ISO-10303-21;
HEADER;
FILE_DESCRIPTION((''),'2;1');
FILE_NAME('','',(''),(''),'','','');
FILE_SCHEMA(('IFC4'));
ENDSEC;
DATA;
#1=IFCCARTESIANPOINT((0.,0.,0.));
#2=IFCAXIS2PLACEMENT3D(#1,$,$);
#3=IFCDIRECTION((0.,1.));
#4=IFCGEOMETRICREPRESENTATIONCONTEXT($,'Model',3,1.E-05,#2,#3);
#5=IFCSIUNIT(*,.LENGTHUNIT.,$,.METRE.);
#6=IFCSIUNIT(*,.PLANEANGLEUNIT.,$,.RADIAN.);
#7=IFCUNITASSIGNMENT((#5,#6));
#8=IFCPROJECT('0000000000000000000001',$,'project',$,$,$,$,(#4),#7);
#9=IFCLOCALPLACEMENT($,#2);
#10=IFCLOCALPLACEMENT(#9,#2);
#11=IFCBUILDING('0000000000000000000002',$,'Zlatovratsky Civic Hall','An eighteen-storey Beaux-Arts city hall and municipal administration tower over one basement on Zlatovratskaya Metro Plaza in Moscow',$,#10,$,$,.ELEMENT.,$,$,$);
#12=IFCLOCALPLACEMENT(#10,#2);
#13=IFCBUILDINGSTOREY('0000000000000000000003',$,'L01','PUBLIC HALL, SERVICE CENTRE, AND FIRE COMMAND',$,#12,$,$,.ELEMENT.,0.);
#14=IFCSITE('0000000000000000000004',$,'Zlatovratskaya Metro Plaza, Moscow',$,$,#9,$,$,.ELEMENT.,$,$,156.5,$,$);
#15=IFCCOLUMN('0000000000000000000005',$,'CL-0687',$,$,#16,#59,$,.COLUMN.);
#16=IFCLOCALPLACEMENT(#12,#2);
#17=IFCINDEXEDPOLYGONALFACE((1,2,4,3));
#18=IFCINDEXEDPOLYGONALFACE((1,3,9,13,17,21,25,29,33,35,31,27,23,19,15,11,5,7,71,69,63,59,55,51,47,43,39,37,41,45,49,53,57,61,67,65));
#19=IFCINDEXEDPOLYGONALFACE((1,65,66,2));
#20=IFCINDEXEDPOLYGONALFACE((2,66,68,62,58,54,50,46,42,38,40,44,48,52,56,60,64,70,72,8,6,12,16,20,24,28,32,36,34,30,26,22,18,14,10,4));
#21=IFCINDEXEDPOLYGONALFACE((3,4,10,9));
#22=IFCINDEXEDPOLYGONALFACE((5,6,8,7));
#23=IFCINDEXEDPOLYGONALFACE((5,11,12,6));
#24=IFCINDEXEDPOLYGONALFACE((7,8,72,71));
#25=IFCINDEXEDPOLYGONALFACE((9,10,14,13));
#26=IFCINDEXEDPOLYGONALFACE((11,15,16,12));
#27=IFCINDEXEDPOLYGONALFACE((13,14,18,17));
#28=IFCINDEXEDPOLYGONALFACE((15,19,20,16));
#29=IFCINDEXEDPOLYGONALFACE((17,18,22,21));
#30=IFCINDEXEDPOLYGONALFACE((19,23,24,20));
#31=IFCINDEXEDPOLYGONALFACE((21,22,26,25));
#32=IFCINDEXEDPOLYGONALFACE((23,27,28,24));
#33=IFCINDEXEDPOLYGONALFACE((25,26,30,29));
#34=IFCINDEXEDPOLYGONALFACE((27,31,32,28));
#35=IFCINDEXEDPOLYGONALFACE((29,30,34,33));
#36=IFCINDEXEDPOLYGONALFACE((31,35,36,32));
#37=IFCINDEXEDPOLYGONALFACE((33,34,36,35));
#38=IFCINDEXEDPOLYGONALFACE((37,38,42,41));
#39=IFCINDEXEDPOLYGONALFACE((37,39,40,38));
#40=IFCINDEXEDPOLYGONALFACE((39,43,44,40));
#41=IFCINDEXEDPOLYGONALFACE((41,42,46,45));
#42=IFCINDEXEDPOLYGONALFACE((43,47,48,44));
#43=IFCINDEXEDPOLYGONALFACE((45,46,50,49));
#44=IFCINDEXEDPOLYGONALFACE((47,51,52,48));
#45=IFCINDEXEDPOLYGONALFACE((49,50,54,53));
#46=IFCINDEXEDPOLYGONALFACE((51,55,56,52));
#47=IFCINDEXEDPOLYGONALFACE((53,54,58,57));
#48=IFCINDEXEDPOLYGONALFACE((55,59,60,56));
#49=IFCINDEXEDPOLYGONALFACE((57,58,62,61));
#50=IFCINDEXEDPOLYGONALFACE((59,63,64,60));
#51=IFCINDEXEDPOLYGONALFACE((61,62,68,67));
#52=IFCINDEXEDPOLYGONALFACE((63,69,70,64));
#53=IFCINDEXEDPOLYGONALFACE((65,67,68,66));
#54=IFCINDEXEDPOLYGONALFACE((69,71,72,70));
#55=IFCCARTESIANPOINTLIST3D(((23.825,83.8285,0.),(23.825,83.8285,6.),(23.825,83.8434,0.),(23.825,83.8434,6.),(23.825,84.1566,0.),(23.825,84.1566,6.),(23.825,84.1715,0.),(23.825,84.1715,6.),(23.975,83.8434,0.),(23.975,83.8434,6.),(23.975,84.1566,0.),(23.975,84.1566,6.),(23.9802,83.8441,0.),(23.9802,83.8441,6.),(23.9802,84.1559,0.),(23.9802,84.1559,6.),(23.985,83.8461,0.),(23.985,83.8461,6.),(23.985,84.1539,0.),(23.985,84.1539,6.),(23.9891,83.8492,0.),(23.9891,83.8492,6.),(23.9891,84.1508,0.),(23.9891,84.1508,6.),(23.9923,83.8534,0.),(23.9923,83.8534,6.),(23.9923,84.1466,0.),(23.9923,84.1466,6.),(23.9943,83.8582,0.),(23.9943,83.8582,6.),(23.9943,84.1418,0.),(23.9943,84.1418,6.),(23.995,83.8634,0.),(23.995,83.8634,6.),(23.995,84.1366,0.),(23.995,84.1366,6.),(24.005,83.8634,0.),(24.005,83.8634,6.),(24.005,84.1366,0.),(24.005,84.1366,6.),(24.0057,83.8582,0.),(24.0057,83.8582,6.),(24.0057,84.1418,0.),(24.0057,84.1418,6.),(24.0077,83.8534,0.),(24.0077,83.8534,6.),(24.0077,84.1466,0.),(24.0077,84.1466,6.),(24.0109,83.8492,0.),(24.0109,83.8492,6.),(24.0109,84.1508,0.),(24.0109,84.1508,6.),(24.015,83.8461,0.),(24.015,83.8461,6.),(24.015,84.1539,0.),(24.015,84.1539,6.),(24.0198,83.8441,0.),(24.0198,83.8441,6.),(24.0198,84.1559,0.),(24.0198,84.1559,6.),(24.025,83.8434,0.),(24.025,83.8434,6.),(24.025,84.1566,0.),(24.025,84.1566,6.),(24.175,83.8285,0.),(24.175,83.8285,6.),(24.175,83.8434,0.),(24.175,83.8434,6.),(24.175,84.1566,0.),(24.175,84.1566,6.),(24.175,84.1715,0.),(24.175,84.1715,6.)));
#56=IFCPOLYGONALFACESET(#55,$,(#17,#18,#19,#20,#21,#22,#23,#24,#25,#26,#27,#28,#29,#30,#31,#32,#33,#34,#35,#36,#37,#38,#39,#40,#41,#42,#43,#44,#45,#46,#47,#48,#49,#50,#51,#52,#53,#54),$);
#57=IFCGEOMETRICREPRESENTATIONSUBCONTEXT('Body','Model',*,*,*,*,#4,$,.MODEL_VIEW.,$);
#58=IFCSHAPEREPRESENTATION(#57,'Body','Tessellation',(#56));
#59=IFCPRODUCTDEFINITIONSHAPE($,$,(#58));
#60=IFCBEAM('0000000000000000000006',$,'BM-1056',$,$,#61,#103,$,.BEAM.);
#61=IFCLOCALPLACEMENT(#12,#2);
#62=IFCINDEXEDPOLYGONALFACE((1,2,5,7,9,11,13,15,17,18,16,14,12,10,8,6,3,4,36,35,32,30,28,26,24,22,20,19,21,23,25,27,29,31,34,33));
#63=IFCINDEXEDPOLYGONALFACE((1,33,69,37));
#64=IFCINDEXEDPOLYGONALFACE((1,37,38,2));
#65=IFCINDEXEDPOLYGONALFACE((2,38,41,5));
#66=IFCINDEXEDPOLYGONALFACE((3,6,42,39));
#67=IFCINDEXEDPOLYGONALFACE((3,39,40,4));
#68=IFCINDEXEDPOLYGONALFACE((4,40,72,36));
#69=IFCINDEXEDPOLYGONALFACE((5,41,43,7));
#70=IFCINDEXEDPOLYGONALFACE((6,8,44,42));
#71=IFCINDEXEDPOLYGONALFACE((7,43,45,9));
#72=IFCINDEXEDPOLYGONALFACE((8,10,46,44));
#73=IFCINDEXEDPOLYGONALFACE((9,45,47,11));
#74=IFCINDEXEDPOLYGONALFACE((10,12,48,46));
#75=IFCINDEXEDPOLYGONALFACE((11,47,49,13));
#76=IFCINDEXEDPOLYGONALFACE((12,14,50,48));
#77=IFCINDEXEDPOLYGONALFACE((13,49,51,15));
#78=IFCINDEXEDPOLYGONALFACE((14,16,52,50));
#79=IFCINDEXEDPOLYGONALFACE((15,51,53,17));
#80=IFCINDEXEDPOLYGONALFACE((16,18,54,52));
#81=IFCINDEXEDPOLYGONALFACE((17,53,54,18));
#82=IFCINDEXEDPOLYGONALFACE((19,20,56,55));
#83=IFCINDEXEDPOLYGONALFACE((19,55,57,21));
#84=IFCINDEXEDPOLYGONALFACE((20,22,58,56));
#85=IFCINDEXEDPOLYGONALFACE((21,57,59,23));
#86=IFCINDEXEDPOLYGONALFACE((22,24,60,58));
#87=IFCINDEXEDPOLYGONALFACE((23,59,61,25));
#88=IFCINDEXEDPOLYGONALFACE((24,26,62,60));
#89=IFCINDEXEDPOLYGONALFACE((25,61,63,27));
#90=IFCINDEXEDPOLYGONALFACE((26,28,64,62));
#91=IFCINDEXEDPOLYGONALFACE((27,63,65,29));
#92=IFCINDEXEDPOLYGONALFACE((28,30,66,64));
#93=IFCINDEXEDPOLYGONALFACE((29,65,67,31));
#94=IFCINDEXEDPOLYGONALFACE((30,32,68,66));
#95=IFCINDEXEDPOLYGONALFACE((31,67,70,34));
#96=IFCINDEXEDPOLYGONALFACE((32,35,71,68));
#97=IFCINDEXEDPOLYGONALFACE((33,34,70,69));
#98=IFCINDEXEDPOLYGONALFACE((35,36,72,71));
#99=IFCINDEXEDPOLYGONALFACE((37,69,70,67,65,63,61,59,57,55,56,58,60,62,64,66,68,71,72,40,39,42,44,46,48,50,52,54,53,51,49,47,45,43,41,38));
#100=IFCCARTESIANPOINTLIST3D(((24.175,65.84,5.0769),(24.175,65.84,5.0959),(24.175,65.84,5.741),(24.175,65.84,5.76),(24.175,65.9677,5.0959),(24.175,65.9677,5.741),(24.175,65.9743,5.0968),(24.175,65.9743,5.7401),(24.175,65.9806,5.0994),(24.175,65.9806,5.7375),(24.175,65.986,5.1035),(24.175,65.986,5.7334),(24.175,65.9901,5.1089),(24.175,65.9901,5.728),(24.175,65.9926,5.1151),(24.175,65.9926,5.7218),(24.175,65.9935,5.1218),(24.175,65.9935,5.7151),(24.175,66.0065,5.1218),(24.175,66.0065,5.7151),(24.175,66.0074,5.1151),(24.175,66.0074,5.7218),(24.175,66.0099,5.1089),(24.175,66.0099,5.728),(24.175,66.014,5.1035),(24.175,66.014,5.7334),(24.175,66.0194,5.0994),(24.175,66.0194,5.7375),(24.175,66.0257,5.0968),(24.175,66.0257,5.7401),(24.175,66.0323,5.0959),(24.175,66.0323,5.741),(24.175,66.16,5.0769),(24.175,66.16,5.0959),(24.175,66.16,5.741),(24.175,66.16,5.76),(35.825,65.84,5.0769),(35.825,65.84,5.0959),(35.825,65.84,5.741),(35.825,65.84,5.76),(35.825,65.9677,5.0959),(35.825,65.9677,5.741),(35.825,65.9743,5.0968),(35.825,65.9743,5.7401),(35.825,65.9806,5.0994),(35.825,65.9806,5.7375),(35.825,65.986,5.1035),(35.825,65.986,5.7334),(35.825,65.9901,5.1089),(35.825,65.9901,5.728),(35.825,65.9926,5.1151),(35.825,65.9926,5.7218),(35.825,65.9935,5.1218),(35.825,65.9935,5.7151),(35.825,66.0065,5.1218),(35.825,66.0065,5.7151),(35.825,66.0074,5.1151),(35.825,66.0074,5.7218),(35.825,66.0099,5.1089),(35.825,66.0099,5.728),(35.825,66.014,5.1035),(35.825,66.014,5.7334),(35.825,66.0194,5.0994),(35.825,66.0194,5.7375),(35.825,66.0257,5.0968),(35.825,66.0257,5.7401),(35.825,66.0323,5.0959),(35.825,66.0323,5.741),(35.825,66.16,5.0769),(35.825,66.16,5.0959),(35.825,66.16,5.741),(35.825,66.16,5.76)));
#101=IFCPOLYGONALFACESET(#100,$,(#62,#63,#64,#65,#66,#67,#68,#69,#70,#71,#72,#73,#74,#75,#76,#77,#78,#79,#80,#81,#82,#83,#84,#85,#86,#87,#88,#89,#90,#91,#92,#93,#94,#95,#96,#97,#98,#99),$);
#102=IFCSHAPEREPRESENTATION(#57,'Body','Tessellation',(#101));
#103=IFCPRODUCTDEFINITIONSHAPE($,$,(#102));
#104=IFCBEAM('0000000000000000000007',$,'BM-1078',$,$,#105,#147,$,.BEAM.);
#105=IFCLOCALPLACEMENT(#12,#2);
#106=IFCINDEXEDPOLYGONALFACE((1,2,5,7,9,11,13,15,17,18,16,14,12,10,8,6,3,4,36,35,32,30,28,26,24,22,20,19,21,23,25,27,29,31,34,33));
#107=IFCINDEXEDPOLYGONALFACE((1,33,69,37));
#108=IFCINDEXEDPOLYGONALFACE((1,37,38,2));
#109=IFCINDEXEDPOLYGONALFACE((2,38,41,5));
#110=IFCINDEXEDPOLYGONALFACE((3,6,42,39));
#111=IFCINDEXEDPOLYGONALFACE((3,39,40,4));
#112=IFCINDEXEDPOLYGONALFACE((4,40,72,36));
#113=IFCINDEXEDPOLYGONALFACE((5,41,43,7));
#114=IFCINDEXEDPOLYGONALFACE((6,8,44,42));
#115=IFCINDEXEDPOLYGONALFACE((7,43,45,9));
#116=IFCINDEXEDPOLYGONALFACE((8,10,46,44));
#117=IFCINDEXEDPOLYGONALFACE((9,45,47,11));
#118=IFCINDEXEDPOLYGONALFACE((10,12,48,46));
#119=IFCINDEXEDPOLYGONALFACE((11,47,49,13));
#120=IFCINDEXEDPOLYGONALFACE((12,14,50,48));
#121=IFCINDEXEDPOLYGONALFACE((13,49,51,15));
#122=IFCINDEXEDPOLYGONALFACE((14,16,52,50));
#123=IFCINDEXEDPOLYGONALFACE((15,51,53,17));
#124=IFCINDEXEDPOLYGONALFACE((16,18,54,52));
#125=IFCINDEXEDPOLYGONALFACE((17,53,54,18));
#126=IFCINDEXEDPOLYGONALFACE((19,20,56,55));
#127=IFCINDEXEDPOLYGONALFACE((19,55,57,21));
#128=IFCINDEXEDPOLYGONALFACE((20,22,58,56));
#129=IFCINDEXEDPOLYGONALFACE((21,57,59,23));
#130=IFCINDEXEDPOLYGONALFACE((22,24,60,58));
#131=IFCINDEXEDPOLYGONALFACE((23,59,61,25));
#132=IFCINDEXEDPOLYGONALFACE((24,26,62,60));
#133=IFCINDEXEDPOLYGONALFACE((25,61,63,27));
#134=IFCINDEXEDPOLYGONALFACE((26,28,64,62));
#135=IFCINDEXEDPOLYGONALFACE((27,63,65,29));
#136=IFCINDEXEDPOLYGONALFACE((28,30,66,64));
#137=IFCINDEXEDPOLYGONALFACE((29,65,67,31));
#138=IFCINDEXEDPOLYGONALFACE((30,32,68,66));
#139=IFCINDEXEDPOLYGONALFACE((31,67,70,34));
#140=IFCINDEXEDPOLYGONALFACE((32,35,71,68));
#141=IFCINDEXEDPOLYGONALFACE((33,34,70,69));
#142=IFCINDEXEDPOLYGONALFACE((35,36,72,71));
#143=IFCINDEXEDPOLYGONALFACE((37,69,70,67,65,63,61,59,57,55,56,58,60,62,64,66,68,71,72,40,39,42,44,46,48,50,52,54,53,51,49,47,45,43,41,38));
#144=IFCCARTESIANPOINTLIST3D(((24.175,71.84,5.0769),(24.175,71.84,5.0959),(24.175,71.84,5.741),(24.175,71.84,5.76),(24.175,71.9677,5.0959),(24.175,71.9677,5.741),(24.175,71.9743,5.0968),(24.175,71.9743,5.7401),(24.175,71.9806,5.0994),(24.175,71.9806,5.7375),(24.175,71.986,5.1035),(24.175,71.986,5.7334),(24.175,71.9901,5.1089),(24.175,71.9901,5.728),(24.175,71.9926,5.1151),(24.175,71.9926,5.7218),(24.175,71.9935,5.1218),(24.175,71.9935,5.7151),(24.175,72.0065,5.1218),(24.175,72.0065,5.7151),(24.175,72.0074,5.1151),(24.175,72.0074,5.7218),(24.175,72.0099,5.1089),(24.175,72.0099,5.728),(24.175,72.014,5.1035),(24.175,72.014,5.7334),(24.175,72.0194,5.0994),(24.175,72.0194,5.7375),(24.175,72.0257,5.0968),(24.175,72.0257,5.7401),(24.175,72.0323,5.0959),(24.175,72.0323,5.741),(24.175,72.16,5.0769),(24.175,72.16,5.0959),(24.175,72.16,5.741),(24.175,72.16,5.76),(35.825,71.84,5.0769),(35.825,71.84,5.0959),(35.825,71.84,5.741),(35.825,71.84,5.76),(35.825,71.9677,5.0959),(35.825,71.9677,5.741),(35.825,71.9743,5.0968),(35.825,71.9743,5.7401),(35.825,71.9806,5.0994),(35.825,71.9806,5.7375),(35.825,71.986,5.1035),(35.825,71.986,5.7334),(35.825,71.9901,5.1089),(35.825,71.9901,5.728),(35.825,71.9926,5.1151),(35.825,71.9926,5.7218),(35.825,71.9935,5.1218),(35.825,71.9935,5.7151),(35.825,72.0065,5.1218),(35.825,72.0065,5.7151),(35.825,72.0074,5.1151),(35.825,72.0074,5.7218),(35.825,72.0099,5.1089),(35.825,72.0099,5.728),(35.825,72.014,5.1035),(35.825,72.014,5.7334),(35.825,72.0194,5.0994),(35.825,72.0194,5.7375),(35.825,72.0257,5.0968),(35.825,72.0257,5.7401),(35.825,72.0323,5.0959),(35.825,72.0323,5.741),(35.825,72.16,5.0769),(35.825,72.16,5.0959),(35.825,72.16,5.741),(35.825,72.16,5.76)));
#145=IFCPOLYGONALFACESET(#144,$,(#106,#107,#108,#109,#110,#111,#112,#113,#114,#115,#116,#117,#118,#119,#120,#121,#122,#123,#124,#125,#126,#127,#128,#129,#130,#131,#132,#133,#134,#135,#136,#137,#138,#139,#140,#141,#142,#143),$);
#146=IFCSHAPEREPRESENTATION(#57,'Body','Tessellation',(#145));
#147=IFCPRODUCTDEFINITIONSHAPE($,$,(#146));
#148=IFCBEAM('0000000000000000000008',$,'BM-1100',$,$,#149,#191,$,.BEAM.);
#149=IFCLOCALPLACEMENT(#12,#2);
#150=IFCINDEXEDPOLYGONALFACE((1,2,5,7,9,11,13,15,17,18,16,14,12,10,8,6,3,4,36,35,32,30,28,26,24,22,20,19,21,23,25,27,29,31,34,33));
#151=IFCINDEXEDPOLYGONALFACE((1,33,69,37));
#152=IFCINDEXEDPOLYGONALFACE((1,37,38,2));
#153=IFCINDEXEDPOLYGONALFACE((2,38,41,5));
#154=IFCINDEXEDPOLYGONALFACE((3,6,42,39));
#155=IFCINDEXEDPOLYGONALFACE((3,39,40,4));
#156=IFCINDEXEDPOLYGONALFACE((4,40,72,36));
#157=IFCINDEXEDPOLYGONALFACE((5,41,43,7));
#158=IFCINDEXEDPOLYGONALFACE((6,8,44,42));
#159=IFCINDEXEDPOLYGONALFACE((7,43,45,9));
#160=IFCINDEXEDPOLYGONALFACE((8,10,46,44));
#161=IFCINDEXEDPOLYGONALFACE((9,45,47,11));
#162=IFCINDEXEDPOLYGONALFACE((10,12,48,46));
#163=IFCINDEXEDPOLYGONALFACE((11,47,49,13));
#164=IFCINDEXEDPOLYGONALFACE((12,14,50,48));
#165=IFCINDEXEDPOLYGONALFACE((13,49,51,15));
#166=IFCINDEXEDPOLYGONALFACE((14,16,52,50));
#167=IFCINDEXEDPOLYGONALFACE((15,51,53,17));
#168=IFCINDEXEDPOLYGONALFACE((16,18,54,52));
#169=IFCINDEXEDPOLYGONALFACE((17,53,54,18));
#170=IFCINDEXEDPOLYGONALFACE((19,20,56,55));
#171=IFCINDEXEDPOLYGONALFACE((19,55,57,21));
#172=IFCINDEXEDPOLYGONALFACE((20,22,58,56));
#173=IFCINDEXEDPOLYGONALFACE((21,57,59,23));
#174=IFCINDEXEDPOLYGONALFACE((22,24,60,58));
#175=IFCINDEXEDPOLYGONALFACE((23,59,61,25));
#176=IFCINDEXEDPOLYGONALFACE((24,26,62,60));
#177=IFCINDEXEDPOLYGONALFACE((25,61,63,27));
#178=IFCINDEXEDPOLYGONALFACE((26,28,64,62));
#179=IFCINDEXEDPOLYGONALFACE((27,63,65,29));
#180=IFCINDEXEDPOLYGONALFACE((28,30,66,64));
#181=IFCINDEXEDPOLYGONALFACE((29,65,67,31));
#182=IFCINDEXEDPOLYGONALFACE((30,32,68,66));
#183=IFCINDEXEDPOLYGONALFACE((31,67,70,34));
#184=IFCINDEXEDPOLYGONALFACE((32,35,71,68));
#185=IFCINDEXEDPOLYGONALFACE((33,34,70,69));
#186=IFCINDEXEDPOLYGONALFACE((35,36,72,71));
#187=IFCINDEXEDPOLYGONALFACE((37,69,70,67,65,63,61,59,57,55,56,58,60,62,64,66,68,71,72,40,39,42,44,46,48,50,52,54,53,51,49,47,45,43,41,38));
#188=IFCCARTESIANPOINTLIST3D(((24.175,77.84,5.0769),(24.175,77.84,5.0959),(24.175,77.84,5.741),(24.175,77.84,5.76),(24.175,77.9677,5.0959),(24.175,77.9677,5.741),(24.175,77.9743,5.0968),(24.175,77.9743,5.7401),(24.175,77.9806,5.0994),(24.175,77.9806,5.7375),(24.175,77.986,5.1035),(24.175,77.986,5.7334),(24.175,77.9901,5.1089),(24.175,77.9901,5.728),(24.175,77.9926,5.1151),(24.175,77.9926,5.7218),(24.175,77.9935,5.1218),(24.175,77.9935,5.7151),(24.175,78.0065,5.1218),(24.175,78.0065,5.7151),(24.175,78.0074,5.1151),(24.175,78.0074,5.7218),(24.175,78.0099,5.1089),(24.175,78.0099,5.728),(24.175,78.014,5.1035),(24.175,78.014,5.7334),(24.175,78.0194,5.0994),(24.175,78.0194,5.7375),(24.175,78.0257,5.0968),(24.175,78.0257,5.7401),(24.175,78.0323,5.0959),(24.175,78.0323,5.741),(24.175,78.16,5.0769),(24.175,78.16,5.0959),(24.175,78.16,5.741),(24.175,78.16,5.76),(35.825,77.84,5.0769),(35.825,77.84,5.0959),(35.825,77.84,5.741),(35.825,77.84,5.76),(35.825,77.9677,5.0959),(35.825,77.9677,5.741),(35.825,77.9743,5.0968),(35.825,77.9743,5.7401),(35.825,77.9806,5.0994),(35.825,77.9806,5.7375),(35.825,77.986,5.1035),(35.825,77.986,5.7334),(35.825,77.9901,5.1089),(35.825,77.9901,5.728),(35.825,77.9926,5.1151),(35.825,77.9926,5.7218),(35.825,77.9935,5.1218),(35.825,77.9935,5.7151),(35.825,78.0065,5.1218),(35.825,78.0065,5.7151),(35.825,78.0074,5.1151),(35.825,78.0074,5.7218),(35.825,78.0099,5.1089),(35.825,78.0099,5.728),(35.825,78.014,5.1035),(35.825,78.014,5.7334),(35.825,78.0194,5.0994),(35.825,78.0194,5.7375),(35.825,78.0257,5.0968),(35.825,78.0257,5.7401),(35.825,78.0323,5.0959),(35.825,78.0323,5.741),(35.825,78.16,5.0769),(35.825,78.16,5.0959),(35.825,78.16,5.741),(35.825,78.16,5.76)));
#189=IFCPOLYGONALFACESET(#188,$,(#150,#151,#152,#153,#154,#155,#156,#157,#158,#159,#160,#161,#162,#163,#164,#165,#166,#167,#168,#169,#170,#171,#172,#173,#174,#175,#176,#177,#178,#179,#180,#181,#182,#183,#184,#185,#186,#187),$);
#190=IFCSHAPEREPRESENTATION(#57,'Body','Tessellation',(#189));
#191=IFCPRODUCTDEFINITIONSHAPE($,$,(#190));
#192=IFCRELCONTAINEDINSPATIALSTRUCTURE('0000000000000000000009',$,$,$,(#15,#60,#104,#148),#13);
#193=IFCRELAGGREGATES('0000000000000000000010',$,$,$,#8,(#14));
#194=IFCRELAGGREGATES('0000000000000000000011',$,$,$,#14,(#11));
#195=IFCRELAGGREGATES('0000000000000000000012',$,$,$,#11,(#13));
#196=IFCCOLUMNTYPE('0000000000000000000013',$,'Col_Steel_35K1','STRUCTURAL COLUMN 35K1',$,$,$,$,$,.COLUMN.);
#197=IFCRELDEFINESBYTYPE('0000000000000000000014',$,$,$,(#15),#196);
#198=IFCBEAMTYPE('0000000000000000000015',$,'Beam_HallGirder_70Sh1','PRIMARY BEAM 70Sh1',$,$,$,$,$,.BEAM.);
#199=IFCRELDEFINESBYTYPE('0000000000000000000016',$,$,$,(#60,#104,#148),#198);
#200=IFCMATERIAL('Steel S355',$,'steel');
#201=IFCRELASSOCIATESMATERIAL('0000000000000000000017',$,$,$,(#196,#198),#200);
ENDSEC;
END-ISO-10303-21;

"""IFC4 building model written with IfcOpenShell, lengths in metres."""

from ifc_helpers import new_model, si_unit, direction, frame, origin, origin_2d, place, context, subcontext, project, spatial, i_section, extrude, material, material_profile, profile_set, type_object, element, save


model = new_model("IFC4")

# Units and contexts
model_context = context("Model", 3, precision=1e-05, world=origin(), true_north=direction((0.0, 1.0)))
body_context = subcontext(model_context, "Body", "Model", "MODEL_VIEW")
ifc_project = project(units=[si_unit("LENGTHUNIT", "METRE"), si_unit("PLANEANGLEUNIT", "RADIAN")], contexts=[model_context])

# Site, building, storey
site_placement = place(None, origin())
site = spatial("IfcSite", under=ifc_project, at=site_placement, Name="Zlatovratskaya Metro Plaza, Moscow", CompositionType="ELEMENT", RefElevation=156.5)
building_placement = place(site_placement, origin())
building = spatial("IfcBuilding", under=site, at=building_placement, Name="Zlatovratsky Civic Hall", Description="An eighteen-storey Beaux-Arts city hall and municipal administration tower over one basement on Zlatovratskaya Metro Plaza in Moscow", CompositionType="ELEMENT")
storey_placement = place(building_placement, origin())
storey = spatial("IfcBuildingStorey", under=building, at=storey_placement, Name="L01", Description="PUBLIC HALL, SERVICE CENTRE, AND FIRE COMMAND", CompositionType="ELEMENT", Elevation=0.0)

# Column
ifc_material_1 = material(Name="Steel S355", Category="steel")
ifc_material_profile_1 = material_profile(ifc_material_1, i_section(OverallWidth=0.3501, OverallDepth=0.343, WebThickness=0.01, FlangeThickness=0.0149, FilletRadius=0.02, at=origin_2d()), Name="35K1")
ifc_profile_set_1 = profile_set([ifc_material_profile_1], Name="Steel S355")
column_type = type_object("IfcColumnType", Name="Col_Steel_35K1", Description="STRUCTURAL COLUMN 35K1", PredefinedType="COLUMN", material=ifc_profile_set_1)
for number, where, z_axis, x_axis, name in (
    (1, (24.0, 84.0, 0.0), (0.0, 0.0, 1.0), (1.0, 0.0, 0.0), "CL-0687"),
):
    element("IfcColumn", number, at=place(storey_placement, frame(where, z_axis=z_axis, x_axis=x_axis)), inside=storey, type_object=column_type, Name=name, PredefinedType="COLUMN", context=body_context, shape_type="SweptSolid", body=[
        extrude(i_section(OverallWidth=0.3501, OverallDepth=0.343, WebThickness=0.01, FlangeThickness=0.0149, FilletRadius=0.02, at=origin_2d()), origin(), (0.0, 0.0, 1.0), 6.0),
    ])

# Beams
ifc_material_profile_2 = material_profile(ifc_material_1, i_section(OverallWidth=0.3201, OverallDepth=0.6831, WebThickness=0.0129, FlangeThickness=0.019, FilletRadius=0.0259, at=origin_2d()), Name="70Sh1")
ifc_profile_set_2 = profile_set([ifc_material_profile_2], Name="Steel S355")
beam_type_1 = type_object("IfcBeamType", Name="Beam_HallGirder_70Sh1", Description="PRIMARY BEAM 70Sh1", PredefinedType="BEAM", material=ifc_profile_set_2)
for number, where, z_axis, x_axis, name in (
    (2, (24.175, 66.0, 5.4185), (1.0, 0.0, 0.0), (0.0, 1.0, 0.0), "BM-1056"),
    (3, (24.175, 72.0, 5.4185), (1.0, 0.0, 0.0), (0.0, 1.0, 0.0), "BM-1078"),
    (4, (24.175, 78.0, 5.4185), (1.0, 0.0, 0.0), (0.0, 1.0, 0.0), "BM-1100"),
):
    element("IfcBeam", number, at=place(storey_placement, frame(where, z_axis=z_axis, x_axis=x_axis)), inside=storey, type_object=beam_type_1, Name=name, PredefinedType="BEAM", context=body_context, shape_type="SweptSolid", body=[
        extrude(i_section(OverallWidth=0.3201, OverallDepth=0.6831, WebThickness=0.0129, FlangeThickness=0.019, FilletRadius=0.0259, at=origin_2d()), origin(), (0.0, 0.0, 1.0), 11.6499),
    ])

save(model, "model.ifc")
